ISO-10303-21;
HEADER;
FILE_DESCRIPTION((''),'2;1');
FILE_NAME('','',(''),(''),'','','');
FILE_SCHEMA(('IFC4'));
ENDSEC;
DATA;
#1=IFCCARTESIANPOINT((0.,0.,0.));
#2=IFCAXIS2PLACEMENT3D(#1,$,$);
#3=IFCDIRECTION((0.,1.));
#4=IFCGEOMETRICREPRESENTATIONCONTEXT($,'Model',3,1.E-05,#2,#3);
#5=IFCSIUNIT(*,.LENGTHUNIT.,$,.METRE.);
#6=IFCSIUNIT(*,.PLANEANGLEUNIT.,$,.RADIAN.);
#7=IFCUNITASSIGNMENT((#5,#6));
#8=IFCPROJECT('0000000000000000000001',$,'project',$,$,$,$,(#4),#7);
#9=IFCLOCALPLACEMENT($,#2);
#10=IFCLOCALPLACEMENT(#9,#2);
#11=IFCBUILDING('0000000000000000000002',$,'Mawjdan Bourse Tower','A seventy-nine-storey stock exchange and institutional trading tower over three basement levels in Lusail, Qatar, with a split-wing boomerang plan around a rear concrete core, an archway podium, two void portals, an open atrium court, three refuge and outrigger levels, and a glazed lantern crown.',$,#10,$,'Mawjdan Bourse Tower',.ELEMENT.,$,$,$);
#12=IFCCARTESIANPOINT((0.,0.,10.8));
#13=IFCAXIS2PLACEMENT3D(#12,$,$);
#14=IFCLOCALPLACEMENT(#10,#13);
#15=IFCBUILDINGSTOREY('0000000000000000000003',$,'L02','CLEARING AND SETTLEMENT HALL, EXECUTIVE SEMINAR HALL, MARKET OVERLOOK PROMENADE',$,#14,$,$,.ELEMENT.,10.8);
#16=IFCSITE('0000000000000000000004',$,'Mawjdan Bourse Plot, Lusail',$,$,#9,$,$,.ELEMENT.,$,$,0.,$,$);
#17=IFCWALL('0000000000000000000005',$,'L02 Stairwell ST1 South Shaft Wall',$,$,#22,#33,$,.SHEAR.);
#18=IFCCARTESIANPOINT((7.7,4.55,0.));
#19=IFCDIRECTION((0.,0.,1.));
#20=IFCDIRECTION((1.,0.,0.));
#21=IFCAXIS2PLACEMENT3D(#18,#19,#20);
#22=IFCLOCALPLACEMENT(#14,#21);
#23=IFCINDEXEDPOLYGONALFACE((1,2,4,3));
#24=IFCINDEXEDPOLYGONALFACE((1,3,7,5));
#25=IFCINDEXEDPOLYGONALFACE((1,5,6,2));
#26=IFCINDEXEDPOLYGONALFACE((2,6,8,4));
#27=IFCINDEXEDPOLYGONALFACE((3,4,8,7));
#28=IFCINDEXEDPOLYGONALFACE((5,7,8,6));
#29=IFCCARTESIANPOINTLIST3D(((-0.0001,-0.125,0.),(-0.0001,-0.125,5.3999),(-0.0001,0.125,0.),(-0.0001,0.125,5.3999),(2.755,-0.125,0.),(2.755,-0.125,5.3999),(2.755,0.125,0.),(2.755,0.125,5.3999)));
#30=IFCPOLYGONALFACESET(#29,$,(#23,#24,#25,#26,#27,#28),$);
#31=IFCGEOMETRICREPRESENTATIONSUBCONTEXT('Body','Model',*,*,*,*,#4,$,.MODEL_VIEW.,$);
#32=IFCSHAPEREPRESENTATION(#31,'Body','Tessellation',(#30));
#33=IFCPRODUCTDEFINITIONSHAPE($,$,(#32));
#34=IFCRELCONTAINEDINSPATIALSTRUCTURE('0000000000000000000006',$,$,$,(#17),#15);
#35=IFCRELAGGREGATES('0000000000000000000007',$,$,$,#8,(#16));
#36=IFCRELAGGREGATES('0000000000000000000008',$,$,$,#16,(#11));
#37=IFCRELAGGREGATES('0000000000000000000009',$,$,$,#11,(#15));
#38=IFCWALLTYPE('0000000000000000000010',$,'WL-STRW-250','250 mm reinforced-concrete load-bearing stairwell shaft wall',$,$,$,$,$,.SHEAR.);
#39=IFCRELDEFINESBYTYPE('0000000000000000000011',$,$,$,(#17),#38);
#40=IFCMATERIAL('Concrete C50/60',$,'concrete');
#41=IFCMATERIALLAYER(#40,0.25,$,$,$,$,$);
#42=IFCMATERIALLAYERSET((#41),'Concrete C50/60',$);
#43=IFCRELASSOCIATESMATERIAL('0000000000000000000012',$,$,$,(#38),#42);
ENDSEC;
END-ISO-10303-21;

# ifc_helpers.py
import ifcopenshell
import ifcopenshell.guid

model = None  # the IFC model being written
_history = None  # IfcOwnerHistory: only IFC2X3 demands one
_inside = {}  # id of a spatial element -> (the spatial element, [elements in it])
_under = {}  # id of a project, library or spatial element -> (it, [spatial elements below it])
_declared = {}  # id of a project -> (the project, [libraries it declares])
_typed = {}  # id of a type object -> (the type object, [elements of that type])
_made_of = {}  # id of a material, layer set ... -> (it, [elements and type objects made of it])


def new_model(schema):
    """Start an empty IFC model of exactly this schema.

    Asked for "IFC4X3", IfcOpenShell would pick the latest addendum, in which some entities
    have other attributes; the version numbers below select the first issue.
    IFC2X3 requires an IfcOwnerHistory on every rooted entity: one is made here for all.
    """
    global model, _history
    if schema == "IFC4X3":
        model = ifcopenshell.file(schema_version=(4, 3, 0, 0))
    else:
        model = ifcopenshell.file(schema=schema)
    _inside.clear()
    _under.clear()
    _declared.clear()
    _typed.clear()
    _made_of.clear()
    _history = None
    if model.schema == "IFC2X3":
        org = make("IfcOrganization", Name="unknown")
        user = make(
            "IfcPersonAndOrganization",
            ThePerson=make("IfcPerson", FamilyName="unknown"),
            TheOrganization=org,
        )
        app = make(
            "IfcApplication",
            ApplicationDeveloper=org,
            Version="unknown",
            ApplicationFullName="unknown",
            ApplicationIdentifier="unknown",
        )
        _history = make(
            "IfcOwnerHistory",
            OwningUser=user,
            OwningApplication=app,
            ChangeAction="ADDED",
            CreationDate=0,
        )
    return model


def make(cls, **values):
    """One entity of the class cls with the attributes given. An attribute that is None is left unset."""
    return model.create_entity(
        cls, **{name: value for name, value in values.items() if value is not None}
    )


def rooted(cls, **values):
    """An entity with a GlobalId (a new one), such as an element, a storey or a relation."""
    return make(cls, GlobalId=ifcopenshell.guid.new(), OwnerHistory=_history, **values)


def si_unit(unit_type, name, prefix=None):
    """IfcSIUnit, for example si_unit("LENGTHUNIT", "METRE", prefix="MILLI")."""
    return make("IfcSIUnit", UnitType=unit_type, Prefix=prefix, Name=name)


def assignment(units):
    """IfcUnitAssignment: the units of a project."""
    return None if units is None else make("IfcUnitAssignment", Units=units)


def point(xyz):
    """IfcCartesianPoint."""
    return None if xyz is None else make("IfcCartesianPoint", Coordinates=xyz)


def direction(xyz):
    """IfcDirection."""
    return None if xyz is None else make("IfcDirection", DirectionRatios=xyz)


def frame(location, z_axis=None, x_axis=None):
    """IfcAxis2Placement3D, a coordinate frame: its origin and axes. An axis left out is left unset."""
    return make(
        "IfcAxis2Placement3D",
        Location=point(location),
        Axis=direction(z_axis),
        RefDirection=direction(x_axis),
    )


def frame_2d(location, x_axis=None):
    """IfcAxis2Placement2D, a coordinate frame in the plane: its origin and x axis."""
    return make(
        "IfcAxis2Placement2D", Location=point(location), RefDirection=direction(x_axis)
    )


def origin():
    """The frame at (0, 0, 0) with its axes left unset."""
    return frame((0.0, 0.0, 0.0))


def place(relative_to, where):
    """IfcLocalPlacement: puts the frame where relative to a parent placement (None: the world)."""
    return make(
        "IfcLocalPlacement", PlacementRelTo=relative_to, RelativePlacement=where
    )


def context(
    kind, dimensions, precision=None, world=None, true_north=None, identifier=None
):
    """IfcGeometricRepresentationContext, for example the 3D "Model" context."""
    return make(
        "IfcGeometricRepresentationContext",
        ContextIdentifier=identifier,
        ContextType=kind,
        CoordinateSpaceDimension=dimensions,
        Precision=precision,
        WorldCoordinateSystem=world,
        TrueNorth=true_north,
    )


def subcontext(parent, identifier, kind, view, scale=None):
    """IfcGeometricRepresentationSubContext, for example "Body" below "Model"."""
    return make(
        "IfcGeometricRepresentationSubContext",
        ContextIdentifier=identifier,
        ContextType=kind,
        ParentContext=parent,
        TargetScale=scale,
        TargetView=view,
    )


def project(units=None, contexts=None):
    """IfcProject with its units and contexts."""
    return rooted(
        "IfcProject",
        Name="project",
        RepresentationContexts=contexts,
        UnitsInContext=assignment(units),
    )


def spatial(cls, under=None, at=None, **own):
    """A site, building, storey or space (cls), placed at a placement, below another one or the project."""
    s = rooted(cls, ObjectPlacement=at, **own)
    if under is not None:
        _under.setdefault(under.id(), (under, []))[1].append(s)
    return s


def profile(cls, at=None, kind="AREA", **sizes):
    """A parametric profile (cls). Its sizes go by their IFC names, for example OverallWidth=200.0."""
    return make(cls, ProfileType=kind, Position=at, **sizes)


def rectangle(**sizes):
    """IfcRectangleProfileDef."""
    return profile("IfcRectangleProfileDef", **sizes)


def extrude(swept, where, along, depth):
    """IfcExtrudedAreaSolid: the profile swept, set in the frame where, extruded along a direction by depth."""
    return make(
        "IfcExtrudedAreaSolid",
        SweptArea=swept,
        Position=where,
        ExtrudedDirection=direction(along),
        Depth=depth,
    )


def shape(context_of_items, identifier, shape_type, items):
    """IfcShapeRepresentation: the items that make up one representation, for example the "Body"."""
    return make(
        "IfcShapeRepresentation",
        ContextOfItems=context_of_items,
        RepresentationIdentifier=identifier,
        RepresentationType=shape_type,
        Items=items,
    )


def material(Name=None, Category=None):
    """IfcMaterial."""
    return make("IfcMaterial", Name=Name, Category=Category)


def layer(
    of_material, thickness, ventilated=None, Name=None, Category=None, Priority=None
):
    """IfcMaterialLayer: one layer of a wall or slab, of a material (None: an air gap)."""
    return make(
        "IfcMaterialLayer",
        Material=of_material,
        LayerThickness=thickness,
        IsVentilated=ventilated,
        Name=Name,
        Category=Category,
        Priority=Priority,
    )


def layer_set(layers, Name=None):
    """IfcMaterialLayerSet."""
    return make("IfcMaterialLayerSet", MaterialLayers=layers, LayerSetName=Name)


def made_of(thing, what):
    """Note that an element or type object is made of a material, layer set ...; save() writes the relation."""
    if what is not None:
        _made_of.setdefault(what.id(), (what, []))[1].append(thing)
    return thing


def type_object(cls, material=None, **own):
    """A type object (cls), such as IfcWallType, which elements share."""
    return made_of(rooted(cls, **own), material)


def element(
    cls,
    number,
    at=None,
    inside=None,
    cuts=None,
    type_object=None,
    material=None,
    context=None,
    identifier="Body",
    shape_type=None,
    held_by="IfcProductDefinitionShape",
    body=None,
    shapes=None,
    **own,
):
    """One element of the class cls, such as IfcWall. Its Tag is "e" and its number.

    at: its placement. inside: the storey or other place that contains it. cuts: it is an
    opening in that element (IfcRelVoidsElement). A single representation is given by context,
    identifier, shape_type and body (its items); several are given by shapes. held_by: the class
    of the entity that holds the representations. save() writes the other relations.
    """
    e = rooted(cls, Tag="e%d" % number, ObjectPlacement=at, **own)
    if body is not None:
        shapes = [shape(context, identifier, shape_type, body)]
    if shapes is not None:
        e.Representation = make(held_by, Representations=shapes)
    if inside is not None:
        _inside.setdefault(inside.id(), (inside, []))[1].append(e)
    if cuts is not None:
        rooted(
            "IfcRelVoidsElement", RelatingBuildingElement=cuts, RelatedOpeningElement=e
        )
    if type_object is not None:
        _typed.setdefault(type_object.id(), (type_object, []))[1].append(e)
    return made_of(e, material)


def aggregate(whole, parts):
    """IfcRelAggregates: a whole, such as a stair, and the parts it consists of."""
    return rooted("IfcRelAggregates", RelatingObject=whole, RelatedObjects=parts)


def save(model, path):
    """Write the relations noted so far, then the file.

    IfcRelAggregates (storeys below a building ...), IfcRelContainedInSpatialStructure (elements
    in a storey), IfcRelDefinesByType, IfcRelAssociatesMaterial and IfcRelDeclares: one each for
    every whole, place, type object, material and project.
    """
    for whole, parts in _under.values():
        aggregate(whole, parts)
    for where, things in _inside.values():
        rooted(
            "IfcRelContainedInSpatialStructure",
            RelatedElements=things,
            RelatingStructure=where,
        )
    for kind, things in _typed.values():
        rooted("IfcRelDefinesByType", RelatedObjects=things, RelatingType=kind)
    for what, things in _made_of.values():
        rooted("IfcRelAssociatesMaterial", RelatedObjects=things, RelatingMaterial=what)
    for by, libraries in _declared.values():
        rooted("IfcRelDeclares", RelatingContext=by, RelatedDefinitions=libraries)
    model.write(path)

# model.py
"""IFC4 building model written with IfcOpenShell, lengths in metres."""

from ifc_helpers import new_model, si_unit, direction, frame, frame_2d, origin, place, context, subcontext, project, spatial, rectangle, extrude, material, layer, layer_set, type_object, element, save


model = new_model("IFC4")

# Units and contexts
model_context = context("Model", 3, precision=1e-05, world=origin(), true_north=direction((0.0, 1.0)))
body_context = subcontext(model_context, "Body", "Model", "MODEL_VIEW")
ifc_project = project(units=[si_unit("LENGTHUNIT", "METRE"), si_unit("PLANEANGLEUNIT", "RADIAN")], contexts=[model_context])

# Site, building, storey
site_placement = place(None, origin())
site = spatial("IfcSite", under=ifc_project, at=site_placement, Name="Mawjdan Bourse Plot, Lusail", CompositionType="ELEMENT", RefElevation=0.0)
building_placement = place(site_placement, origin())
building = spatial("IfcBuilding", under=site, at=building_placement, Name="Mawjdan Bourse Tower", Description="A seventy-nine-storey stock exchange and institutional trading tower over three basement levels in Lusail, Qatar, with a split-wing boomerang plan around a rear concrete core, an archway podium, two void portals, an open atrium court, three refuge and outrigger levels, and a glazed lantern crown.", LongName="Mawjdan Bourse Tower", CompositionType="ELEMENT")
storey_placement = place(building_placement, frame((0.0, 0.0, 10.8)))
storey = spatial("IfcBuildingStorey", under=building, at=storey_placement, Name="L02", Description="CLEARING AND SETTLEMENT HALL, EXECUTIVE SEMINAR HALL, MARKET OVERLOOK PROMENADE", CompositionType="ELEMENT", Elevation=10.8)

# Shared definitions
ifc_material_1 = material(Name="Concrete C50/60", Category="concrete")

# Wall
ifc_layer_1 = layer(ifc_material_1, 0.25)
ifc_layer_set_1 = layer_set([ifc_layer_1], Name="Concrete C50/60")
wall_type_1 = type_object("IfcWallType", Name="WL-STRW-250", Description="250 mm reinforced-concrete load-bearing stairwell shaft wall", PredefinedType="SHEAR", material=ifc_layer_set_1)
wall_1_placement = place(storey_placement, frame((7.7, 4.55, 0.0), z_axis=(0.0, 0.0, 1.0), x_axis=(1.0, 0.0, 0.0)))
element("IfcWall", 1, at=wall_1_placement, inside=storey, type_object=wall_type_1, Name="L02 Stairwell ST1 South Shaft Wall", PredefinedType="SHEAR", context=body_context, shape_type="SweptSolid", body=[
    extrude(rectangle(XDim=2.7551, YDim=0.25, at=frame_2d((1.3774, 0.0))), origin(), (0.0, 0.0, 1.0), 5.3999),
])

save(model, "model.ifc")
